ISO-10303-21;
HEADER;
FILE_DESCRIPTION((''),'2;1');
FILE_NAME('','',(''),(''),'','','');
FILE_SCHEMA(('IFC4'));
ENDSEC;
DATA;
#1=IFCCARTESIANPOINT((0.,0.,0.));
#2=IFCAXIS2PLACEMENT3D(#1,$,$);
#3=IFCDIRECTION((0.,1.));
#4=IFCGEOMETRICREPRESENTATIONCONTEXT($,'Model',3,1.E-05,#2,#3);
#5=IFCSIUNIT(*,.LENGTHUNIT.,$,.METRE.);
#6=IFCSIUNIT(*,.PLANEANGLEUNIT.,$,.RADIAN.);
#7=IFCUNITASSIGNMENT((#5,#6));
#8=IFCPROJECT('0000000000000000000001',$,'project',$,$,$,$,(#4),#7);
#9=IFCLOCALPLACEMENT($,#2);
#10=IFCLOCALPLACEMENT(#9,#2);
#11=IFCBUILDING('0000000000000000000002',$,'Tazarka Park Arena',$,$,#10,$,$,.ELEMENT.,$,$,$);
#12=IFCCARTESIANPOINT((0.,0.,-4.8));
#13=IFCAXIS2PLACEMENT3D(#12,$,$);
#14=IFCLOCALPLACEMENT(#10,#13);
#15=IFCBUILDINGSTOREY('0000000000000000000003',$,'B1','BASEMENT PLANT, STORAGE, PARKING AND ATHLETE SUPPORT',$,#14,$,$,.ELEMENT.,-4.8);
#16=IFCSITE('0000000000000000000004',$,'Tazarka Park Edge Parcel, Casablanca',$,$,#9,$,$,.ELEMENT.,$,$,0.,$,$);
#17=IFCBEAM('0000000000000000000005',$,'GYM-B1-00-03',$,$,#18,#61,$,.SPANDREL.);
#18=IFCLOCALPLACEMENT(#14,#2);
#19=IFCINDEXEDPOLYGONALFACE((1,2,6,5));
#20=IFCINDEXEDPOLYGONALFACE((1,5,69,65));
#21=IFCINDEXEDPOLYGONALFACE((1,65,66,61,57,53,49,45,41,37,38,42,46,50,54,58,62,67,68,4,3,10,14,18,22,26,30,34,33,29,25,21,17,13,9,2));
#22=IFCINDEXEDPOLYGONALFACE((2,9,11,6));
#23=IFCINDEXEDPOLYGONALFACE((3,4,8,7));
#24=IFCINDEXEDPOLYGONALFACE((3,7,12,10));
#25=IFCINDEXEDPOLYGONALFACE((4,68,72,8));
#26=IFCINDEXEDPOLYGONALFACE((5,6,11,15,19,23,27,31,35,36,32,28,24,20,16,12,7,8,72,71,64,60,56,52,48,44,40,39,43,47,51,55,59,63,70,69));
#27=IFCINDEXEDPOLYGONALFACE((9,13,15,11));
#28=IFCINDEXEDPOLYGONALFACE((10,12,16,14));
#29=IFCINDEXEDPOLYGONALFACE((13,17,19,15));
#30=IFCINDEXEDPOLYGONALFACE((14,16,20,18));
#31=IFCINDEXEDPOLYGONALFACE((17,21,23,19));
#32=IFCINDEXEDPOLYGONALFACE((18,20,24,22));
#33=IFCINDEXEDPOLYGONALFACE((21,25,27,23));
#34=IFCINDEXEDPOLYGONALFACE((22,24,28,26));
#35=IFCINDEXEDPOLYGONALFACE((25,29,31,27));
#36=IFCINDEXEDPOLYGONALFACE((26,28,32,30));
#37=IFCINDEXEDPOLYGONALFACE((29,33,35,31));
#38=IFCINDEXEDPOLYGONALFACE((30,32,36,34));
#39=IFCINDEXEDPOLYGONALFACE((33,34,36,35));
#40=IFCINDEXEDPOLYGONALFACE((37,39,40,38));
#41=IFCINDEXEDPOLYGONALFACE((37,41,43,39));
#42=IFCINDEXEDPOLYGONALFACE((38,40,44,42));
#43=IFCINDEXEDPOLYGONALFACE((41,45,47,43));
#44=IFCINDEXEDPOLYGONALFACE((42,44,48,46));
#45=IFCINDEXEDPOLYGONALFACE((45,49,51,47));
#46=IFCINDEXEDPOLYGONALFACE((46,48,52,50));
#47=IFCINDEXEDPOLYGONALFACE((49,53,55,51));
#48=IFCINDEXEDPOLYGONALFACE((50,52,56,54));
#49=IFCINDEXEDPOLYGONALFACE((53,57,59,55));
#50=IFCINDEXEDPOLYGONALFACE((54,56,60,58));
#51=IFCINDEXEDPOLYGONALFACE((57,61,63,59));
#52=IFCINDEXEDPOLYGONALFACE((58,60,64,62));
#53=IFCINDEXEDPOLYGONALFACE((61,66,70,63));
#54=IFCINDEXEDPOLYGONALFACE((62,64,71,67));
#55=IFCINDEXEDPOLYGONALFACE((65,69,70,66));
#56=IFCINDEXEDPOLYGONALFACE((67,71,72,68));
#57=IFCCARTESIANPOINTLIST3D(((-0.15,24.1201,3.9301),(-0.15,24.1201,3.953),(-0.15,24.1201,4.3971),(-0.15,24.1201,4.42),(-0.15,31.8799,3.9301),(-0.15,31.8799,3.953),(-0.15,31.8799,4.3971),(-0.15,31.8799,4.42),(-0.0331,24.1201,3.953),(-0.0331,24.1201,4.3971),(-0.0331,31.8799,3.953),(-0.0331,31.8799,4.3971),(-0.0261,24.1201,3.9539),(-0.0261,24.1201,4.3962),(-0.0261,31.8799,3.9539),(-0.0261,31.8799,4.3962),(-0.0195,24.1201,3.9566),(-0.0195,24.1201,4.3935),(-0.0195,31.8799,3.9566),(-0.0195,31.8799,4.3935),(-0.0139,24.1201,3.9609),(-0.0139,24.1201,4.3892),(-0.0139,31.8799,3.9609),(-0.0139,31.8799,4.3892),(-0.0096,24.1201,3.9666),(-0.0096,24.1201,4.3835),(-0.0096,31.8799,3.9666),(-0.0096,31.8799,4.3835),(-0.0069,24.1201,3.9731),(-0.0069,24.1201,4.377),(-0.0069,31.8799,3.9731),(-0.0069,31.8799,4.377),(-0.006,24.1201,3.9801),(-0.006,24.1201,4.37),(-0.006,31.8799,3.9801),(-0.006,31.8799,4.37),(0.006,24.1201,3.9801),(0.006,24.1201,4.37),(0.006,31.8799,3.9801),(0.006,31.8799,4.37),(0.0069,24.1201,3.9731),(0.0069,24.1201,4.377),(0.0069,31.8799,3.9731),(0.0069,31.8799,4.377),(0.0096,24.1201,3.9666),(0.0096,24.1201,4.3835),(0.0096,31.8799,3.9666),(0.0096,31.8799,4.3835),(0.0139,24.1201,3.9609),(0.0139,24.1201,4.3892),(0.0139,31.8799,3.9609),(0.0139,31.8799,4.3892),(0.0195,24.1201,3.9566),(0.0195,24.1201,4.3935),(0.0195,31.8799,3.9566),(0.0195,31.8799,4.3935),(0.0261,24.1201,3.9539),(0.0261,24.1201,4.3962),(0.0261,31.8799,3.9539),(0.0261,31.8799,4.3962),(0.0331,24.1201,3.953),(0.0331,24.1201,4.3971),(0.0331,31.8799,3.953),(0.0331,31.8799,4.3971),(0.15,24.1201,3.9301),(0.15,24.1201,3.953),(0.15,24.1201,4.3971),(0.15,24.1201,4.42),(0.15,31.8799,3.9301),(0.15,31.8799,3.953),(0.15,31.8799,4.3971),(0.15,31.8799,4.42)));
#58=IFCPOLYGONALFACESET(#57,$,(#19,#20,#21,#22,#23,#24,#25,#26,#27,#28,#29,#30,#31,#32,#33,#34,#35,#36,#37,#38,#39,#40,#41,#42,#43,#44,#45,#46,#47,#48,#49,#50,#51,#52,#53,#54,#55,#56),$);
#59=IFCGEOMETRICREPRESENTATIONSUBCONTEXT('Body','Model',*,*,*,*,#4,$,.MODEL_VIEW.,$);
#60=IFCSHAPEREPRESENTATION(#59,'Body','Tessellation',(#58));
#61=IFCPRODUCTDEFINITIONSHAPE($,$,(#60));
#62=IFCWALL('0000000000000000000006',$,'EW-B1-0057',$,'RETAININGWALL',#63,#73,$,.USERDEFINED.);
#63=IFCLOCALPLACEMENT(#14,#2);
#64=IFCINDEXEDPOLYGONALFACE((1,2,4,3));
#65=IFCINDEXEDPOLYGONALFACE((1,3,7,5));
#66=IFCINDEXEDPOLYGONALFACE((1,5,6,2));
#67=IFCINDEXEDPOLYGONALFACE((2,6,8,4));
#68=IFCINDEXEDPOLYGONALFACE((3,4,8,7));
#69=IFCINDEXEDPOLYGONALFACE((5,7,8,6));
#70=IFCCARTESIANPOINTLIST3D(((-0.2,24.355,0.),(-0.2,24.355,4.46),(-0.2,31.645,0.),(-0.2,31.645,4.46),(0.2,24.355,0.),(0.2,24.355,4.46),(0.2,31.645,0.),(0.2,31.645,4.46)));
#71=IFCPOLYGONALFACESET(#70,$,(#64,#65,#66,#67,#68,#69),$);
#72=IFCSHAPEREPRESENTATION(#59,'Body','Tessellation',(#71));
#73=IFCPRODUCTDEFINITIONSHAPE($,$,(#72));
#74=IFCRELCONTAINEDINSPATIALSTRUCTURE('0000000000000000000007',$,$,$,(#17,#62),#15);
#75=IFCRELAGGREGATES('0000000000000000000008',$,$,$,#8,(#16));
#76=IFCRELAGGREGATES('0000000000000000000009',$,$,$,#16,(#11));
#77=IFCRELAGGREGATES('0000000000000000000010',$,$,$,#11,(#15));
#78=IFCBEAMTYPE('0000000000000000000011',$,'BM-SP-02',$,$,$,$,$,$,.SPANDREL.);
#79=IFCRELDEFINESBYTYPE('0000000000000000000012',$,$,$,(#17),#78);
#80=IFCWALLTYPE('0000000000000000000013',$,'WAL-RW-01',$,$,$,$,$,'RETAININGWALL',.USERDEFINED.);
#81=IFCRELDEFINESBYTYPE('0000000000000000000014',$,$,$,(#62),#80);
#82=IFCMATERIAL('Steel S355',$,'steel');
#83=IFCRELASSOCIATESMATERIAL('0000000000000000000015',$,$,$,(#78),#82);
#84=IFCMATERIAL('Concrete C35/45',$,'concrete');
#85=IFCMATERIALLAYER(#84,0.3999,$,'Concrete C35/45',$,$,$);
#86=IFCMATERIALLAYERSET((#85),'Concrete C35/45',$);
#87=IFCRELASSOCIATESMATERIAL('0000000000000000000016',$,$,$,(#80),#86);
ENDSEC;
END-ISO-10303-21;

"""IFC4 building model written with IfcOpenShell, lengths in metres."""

from ifc_helpers import new_model, si_unit, direction, frame, frame_2d, origin, origin_2d, place, context, subcontext, project, spatial, rectangle, i_section, extrude, material, layer, layer_set, material_profile, profile_set, type_object, element, save


model = new_model("IFC4")

# Units and contexts
model_context = context("Model", 3, precision=1e-05, world=origin(), true_north=direction((0.0, 1.0)))
body_context = subcontext(model_context, "Body", "Model", "MODEL_VIEW")
ifc_project = project(units=[si_unit("LENGTHUNIT", "METRE"), si_unit("PLANEANGLEUNIT", "RADIAN")], contexts=[model_context])

# Site, building, storey
site_placement = place(None, origin())
site = spatial("IfcSite", under=ifc_project, at=site_placement, Name="Tazarka Park Edge Parcel, Casablanca", CompositionType="ELEMENT", RefElevation=0.0)
building_placement = place(site_placement, origin())
building = spatial("IfcBuilding", under=site, at=building_placement, Name="Tazarka Park Arena", CompositionType="ELEMENT")
storey_placement = place(building_placement, frame((0.0, 0.0, -4.8)))
storey = spatial("IfcBuildingStorey", under=building, at=storey_placement, Name="B1", Description="BASEMENT PLANT, STORAGE, PARKING AND ATHLETE SUPPORT", CompositionType="ELEMENT", Elevation=-4.8)

# Beam
ifc_material_1 = material(Name="Steel S355", Category="steel")
ifc_material_profile_1 = material_profile(ifc_material_1, i_section(OverallWidth=0.3, OverallDepth=0.49, WebThickness=0.012, FlangeThickness=0.0229, FilletRadius=0.0271, at=origin_2d()), Name="Steel S355")
ifc_profile_set_1 = profile_set([ifc_material_profile_1], Name="Steel S355")
beam_type_1 = type_object("IfcBeamType", Name="BM-SP-02", PredefinedType="SPANDREL", material=ifc_profile_set_1)
beam_1_placement = place(storey_placement, frame((0.0, 24.1201, 4.175), z_axis=(0.0, 1.0, 0.0), x_axis=(-1.0, 0.0, 0.0)))
element("IfcBeam", 1, at=beam_1_placement, inside=storey, type_object=beam_type_1, Name="GYM-B1-00-03", PredefinedType="SPANDREL", context=body_context, shape_type="SweptSolid", body=[
    extrude(i_section(OverallWidth=0.3, OverallDepth=0.49, WebThickness=0.012, FlangeThickness=0.0229, FilletRadius=0.0271, at=origin_2d()), origin(), (0.0, 0.0, 1.0), 7.7598),
])

# Wall
ifc_material_2 = material(Name="Concrete C35/45", Category="concrete")
ifc_layer = layer(ifc_material_2, 0.3999, Name="Concrete C35/45")
ifc_layer_set = layer_set([ifc_layer], Name="Concrete C35/45")
wall_type = type_object("IfcWallType", Name="WAL-RW-01", ElementType="RETAININGWALL", PredefinedType="USERDEFINED", material=ifc_layer_set)
wall_placement = place(storey_placement, frame((0.0, 24.355, 0.0), z_axis=(0.0, 0.0, 1.0), x_axis=(0.0, 1.0, 0.0)))
element("IfcWall", 2, at=wall_placement, inside=storey, type_object=wall_type, Name="EW-B1-0057", ObjectType="RETAININGWALL", PredefinedType="USERDEFINED", context=body_context, shape_type="SweptSolid", body=[
    extrude(rectangle(XDim=7.29, YDim=0.3999, at=frame_2d((3.645, 0.0))), origin(), (0.0, 0.0, 1.0), 4.46),
])

save(model, "model.ifc")
